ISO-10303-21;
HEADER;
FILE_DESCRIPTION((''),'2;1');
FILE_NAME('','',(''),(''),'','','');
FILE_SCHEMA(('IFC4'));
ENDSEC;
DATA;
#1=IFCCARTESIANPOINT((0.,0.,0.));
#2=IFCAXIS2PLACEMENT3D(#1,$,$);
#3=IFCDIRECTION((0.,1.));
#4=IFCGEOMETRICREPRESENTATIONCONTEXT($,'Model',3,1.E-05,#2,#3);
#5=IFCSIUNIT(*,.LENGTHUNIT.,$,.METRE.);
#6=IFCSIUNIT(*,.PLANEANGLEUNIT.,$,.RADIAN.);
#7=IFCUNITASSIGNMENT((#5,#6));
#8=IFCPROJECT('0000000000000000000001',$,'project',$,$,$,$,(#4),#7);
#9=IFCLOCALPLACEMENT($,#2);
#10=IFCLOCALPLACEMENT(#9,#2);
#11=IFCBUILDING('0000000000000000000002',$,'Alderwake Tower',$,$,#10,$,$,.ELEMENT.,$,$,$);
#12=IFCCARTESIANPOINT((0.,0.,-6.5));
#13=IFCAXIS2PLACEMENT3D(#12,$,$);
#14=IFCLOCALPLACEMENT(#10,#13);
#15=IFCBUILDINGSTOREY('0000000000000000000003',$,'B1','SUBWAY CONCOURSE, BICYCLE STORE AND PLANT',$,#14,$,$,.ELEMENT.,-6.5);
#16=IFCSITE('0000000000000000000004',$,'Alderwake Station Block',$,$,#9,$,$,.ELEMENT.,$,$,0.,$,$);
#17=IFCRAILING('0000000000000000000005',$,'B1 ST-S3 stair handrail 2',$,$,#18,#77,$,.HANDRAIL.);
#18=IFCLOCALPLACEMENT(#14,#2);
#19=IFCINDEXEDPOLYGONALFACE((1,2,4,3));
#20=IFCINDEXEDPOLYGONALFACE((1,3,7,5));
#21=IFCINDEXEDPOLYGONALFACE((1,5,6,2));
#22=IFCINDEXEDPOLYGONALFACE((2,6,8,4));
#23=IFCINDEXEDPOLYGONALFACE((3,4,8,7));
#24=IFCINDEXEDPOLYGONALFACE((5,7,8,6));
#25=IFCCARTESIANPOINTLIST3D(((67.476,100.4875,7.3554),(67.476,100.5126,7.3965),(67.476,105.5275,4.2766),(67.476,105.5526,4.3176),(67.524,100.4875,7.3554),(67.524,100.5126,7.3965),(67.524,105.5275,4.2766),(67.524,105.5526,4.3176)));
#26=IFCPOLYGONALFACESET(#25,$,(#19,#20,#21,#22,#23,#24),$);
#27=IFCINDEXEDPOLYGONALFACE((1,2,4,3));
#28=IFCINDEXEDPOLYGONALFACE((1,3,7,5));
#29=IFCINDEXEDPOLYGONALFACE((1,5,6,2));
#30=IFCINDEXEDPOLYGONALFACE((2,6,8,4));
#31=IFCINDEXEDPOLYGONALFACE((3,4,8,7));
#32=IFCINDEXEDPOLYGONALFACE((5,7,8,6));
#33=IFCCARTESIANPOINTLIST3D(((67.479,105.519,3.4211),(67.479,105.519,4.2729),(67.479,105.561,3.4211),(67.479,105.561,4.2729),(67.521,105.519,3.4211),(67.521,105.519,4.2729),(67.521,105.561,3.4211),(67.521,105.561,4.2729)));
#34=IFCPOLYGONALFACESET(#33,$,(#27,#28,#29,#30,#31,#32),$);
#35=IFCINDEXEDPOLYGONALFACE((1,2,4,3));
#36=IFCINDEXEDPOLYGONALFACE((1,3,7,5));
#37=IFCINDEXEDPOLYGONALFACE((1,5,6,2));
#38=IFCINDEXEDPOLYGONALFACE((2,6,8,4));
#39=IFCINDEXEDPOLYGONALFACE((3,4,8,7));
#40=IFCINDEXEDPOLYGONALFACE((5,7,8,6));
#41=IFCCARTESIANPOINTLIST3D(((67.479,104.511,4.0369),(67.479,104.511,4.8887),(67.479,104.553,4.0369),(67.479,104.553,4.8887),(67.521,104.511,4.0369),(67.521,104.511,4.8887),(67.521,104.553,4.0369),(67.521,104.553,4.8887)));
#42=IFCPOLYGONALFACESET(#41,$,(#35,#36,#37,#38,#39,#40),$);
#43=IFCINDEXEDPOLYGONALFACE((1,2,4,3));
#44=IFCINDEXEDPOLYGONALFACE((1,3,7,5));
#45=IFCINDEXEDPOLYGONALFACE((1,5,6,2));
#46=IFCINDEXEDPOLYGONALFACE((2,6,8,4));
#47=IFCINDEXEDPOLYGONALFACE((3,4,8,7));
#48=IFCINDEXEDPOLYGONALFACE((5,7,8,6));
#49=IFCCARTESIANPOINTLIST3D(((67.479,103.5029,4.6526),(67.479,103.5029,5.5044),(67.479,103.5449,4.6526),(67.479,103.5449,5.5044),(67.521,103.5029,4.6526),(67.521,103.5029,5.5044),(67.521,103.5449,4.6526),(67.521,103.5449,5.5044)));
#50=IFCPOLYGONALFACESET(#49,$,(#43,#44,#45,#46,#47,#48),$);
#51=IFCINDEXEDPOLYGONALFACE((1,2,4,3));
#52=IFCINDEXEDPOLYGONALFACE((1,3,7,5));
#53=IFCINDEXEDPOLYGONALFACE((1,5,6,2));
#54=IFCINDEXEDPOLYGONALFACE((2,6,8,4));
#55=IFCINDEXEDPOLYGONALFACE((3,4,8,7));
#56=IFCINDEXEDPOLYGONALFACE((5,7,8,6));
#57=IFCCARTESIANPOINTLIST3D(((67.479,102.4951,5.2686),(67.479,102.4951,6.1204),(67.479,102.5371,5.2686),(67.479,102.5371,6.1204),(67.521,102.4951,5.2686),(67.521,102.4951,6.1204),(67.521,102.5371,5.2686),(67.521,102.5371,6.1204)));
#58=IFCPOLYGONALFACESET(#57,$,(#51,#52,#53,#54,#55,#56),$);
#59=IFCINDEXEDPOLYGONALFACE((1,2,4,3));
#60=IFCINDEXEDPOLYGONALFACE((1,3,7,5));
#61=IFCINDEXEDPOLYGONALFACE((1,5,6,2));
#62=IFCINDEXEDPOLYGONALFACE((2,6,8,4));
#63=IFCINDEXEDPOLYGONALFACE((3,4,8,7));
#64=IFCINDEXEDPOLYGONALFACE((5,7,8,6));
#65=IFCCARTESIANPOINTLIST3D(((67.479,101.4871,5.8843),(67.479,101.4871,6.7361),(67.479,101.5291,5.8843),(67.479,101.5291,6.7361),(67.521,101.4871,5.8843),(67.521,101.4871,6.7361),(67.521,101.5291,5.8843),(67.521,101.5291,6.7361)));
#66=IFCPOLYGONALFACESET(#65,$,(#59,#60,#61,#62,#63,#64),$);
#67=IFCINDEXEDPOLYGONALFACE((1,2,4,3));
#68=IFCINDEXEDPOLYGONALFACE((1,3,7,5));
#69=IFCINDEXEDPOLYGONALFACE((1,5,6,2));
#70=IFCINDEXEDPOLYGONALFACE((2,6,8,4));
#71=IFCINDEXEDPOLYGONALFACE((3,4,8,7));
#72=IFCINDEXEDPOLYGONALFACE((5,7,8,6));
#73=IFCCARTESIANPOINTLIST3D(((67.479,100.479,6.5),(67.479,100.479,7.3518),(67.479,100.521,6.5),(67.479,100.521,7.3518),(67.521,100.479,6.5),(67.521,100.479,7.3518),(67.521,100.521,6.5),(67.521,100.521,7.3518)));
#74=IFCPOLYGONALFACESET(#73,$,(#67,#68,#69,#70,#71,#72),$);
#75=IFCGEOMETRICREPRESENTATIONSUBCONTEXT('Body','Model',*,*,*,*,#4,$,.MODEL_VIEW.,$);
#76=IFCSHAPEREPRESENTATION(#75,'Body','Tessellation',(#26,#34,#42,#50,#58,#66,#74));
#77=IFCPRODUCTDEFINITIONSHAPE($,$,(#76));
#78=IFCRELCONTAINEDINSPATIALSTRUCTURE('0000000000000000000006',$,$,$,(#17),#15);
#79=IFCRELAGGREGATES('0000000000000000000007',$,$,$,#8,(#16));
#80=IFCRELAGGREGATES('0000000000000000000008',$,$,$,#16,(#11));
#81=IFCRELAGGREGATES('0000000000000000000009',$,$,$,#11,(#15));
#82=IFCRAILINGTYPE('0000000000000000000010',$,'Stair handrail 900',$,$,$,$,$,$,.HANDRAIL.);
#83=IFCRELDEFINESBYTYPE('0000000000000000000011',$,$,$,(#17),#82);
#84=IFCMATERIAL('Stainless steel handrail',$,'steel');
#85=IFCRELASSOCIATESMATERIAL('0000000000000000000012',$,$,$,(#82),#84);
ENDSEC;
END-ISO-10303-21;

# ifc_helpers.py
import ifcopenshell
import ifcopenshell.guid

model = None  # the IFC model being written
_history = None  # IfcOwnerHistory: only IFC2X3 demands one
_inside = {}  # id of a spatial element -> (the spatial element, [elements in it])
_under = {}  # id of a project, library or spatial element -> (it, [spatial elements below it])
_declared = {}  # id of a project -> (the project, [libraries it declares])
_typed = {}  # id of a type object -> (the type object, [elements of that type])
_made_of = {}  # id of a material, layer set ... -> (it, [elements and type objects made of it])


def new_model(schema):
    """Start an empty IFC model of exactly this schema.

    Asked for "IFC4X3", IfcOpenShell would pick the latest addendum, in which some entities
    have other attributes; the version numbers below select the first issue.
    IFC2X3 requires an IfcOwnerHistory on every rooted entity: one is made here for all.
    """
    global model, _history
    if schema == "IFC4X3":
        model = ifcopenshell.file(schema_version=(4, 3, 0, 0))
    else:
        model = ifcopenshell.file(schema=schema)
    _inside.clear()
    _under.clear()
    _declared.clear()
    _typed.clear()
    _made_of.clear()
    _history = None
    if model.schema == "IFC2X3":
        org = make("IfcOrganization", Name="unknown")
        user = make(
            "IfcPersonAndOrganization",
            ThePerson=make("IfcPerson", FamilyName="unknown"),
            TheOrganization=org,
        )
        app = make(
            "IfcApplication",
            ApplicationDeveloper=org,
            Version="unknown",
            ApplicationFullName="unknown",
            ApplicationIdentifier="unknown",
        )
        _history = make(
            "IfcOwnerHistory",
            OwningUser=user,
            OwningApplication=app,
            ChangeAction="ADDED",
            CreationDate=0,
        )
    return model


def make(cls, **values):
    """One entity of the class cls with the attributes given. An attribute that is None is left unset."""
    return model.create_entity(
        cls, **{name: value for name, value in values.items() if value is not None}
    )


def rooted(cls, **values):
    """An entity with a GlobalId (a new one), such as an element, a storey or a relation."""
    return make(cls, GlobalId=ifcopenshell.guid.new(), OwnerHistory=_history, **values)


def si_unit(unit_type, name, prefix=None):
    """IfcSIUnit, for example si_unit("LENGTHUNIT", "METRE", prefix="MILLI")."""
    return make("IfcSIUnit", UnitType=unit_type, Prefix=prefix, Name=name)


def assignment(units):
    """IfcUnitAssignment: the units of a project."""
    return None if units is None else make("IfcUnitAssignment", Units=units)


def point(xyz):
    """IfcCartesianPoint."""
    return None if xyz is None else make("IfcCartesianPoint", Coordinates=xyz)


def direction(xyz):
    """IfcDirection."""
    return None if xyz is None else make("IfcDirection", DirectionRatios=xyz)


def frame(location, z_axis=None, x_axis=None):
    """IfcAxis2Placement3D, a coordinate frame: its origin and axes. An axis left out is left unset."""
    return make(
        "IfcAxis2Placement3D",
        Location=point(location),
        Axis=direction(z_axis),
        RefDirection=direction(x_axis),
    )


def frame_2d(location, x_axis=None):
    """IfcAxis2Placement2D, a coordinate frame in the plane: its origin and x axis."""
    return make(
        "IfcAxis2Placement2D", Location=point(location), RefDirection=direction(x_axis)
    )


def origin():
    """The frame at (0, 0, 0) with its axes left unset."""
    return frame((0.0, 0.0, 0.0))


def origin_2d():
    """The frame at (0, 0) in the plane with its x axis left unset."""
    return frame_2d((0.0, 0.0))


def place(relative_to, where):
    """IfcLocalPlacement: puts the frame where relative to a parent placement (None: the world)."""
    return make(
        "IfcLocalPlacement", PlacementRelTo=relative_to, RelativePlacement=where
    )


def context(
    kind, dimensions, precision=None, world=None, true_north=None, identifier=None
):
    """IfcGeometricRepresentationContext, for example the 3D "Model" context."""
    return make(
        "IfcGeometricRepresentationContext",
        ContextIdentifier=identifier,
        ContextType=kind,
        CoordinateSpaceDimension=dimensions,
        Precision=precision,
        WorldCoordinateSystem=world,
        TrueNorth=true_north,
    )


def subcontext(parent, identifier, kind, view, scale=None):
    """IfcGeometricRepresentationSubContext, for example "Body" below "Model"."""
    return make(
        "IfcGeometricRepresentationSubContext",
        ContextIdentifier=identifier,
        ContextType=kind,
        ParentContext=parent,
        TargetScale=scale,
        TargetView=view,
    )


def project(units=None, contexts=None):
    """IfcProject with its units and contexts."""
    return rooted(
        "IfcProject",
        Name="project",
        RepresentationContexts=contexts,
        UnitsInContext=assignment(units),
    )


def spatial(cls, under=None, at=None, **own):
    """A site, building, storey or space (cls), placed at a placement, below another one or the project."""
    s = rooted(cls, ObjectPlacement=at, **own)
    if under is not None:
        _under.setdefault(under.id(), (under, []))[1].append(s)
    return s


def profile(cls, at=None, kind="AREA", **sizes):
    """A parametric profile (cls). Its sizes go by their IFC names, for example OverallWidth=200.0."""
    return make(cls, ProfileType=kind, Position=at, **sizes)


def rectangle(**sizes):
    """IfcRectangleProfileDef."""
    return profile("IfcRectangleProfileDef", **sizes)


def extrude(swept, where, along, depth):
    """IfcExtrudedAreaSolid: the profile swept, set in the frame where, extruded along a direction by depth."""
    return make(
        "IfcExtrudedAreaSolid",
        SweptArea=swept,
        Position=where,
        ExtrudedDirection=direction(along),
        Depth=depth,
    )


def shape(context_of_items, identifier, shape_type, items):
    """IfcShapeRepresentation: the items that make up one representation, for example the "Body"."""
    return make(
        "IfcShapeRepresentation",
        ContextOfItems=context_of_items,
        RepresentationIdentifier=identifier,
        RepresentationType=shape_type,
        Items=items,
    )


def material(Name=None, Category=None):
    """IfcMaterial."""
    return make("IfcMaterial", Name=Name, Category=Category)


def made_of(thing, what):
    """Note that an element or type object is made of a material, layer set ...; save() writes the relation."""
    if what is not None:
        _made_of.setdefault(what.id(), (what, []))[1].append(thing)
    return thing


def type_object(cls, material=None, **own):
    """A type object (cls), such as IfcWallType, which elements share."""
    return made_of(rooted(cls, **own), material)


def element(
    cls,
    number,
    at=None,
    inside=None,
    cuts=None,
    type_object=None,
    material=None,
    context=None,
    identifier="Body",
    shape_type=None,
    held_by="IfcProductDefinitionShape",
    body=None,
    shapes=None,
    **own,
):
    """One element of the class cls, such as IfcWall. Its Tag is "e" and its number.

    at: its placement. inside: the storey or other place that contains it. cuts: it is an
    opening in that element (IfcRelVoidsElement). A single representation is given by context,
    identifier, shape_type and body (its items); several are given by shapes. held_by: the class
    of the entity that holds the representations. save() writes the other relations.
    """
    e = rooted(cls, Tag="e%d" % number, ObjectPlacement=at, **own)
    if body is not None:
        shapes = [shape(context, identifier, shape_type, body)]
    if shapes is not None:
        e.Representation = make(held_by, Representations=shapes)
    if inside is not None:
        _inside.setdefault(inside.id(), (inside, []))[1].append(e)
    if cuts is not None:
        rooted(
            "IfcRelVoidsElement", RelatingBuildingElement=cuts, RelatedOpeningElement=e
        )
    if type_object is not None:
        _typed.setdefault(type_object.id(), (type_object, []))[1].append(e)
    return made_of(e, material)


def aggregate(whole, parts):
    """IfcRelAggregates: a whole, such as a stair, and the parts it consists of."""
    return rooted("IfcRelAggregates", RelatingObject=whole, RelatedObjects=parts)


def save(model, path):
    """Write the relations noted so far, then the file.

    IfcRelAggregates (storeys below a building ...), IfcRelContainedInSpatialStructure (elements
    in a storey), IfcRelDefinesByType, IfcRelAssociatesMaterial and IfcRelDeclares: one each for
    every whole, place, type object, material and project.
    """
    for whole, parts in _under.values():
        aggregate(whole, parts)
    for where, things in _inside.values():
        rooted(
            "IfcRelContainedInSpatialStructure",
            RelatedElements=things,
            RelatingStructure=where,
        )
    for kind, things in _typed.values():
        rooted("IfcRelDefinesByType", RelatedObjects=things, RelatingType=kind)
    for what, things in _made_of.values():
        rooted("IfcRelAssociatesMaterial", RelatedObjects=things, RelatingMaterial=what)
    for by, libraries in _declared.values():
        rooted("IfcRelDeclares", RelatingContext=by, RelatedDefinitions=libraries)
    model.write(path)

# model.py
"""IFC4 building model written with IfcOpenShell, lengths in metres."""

from ifc_helpers import new_model, si_unit, direction, frame, origin, origin_2d, place, context, subcontext, project, spatial, rectangle, extrude, material, type_object, element, save


model = new_model("IFC4")

# Units and contexts
model_context = context("Model", 3, precision=1e-05, world=origin(), true_north=direction((0.0, 1.0)))
body_context = subcontext(model_context, "Body", "Model", "MODEL_VIEW")
ifc_project = project(units=[si_unit("LENGTHUNIT", "METRE"), si_unit("PLANEANGLEUNIT", "RADIAN")], contexts=[model_context])

# Site, building, storey
site_placement = place(None, origin())
site = spatial("IfcSite", under=ifc_project, at=site_placement, Name="Alderwake Station Block", CompositionType="ELEMENT", RefElevation=0.0)
building_placement = place(site_placement, origin())
building = spatial("IfcBuilding", under=site, at=building_placement, Name="Alderwake Tower", CompositionType="ELEMENT")
storey_placement = place(building_placement, frame((0.0, 0.0, -6.5)))
storey = spatial("IfcBuildingStorey", under=building, at=storey_placement, Name="B1", Description="SUBWAY CONCOURSE, BICYCLE STORE AND PLANT", CompositionType="ELEMENT", Elevation=-6.5)

# Railing
ifc_material_1 = material(Name="Stainless steel handrail", Category="steel")
railing_type_1 = type_object("IfcRailingType", Name="Stair handrail 900", PredefinedType="HANDRAIL", material=ifc_material_1)
railing_1_placement = place(storey_placement, frame((67.5, 105.54, 3.4211)))
element("IfcRailing", 1, at=railing_1_placement, inside=storey, type_object=railing_type_1, Name="B1 ST-S3 stair handrail 2", PredefinedType="HANDRAIL", context=body_context, shape_type="SweptSolid", body=[
    extrude(rectangle(XDim=0.0481, YDim=0.0481, at=origin_2d()), frame((0.0, 0.0, 0.876), z_axis=(0.0, -0.85337, 0.521306), x_axis=(1.0, 0.0, 0.0)), (0.0, 0.0, 1.0), 5.906),
    extrude(rectangle(XDim=0.042, YDim=0.042, at=origin_2d()), frame((0.0, 0.0, 0.0), z_axis=(0.0, 0.0, 1.0), x_axis=(0.0, -1.0, 0.0)), (0.0, 0.0, 1.0), 0.8518),
    extrude(rectangle(XDim=0.042, YDim=0.042, at=origin_2d()), frame((0.0, -1.0081, 0.6157), z_axis=(0.0, 0.0, 1.0), x_axis=(0.0, -1.0, 0.0)), (0.0, 0.0, 1.0), 0.8518),
    extrude(rectangle(XDim=0.042, YDim=0.042, at=origin_2d()), frame((0.0, -2.0161, 1.2314), z_axis=(0.0, 0.0, 1.0), x_axis=(0.0, -1.0, 0.0)), (0.0, 0.0, 1.0), 0.8518),
    extrude(rectangle(XDim=0.042, YDim=0.042, at=origin_2d()), frame((0.0, -3.0239, 1.8474), z_axis=(0.0, 0.0, 1.0), x_axis=(0.0, -1.0, 0.0)), (0.0, 0.0, 1.0), 0.8518),
    extrude(rectangle(XDim=0.042, YDim=0.042, at=origin_2d()), frame((0.0, -4.032, 2.4631), z_axis=(0.0, 0.0, 1.0), x_axis=(0.0, -1.0, 0.0)), (0.0, 0.0, 1.0), 0.8518),
    extrude(rectangle(XDim=0.042, YDim=0.042, at=origin_2d()), frame((0.0, -5.04, 3.0789), z_axis=(0.0, 0.0, 1.0), x_axis=(0.0, -1.0, 0.0)), (0.0, 0.0, 1.0), 0.8518),
])

save(model, "model.ifc")
